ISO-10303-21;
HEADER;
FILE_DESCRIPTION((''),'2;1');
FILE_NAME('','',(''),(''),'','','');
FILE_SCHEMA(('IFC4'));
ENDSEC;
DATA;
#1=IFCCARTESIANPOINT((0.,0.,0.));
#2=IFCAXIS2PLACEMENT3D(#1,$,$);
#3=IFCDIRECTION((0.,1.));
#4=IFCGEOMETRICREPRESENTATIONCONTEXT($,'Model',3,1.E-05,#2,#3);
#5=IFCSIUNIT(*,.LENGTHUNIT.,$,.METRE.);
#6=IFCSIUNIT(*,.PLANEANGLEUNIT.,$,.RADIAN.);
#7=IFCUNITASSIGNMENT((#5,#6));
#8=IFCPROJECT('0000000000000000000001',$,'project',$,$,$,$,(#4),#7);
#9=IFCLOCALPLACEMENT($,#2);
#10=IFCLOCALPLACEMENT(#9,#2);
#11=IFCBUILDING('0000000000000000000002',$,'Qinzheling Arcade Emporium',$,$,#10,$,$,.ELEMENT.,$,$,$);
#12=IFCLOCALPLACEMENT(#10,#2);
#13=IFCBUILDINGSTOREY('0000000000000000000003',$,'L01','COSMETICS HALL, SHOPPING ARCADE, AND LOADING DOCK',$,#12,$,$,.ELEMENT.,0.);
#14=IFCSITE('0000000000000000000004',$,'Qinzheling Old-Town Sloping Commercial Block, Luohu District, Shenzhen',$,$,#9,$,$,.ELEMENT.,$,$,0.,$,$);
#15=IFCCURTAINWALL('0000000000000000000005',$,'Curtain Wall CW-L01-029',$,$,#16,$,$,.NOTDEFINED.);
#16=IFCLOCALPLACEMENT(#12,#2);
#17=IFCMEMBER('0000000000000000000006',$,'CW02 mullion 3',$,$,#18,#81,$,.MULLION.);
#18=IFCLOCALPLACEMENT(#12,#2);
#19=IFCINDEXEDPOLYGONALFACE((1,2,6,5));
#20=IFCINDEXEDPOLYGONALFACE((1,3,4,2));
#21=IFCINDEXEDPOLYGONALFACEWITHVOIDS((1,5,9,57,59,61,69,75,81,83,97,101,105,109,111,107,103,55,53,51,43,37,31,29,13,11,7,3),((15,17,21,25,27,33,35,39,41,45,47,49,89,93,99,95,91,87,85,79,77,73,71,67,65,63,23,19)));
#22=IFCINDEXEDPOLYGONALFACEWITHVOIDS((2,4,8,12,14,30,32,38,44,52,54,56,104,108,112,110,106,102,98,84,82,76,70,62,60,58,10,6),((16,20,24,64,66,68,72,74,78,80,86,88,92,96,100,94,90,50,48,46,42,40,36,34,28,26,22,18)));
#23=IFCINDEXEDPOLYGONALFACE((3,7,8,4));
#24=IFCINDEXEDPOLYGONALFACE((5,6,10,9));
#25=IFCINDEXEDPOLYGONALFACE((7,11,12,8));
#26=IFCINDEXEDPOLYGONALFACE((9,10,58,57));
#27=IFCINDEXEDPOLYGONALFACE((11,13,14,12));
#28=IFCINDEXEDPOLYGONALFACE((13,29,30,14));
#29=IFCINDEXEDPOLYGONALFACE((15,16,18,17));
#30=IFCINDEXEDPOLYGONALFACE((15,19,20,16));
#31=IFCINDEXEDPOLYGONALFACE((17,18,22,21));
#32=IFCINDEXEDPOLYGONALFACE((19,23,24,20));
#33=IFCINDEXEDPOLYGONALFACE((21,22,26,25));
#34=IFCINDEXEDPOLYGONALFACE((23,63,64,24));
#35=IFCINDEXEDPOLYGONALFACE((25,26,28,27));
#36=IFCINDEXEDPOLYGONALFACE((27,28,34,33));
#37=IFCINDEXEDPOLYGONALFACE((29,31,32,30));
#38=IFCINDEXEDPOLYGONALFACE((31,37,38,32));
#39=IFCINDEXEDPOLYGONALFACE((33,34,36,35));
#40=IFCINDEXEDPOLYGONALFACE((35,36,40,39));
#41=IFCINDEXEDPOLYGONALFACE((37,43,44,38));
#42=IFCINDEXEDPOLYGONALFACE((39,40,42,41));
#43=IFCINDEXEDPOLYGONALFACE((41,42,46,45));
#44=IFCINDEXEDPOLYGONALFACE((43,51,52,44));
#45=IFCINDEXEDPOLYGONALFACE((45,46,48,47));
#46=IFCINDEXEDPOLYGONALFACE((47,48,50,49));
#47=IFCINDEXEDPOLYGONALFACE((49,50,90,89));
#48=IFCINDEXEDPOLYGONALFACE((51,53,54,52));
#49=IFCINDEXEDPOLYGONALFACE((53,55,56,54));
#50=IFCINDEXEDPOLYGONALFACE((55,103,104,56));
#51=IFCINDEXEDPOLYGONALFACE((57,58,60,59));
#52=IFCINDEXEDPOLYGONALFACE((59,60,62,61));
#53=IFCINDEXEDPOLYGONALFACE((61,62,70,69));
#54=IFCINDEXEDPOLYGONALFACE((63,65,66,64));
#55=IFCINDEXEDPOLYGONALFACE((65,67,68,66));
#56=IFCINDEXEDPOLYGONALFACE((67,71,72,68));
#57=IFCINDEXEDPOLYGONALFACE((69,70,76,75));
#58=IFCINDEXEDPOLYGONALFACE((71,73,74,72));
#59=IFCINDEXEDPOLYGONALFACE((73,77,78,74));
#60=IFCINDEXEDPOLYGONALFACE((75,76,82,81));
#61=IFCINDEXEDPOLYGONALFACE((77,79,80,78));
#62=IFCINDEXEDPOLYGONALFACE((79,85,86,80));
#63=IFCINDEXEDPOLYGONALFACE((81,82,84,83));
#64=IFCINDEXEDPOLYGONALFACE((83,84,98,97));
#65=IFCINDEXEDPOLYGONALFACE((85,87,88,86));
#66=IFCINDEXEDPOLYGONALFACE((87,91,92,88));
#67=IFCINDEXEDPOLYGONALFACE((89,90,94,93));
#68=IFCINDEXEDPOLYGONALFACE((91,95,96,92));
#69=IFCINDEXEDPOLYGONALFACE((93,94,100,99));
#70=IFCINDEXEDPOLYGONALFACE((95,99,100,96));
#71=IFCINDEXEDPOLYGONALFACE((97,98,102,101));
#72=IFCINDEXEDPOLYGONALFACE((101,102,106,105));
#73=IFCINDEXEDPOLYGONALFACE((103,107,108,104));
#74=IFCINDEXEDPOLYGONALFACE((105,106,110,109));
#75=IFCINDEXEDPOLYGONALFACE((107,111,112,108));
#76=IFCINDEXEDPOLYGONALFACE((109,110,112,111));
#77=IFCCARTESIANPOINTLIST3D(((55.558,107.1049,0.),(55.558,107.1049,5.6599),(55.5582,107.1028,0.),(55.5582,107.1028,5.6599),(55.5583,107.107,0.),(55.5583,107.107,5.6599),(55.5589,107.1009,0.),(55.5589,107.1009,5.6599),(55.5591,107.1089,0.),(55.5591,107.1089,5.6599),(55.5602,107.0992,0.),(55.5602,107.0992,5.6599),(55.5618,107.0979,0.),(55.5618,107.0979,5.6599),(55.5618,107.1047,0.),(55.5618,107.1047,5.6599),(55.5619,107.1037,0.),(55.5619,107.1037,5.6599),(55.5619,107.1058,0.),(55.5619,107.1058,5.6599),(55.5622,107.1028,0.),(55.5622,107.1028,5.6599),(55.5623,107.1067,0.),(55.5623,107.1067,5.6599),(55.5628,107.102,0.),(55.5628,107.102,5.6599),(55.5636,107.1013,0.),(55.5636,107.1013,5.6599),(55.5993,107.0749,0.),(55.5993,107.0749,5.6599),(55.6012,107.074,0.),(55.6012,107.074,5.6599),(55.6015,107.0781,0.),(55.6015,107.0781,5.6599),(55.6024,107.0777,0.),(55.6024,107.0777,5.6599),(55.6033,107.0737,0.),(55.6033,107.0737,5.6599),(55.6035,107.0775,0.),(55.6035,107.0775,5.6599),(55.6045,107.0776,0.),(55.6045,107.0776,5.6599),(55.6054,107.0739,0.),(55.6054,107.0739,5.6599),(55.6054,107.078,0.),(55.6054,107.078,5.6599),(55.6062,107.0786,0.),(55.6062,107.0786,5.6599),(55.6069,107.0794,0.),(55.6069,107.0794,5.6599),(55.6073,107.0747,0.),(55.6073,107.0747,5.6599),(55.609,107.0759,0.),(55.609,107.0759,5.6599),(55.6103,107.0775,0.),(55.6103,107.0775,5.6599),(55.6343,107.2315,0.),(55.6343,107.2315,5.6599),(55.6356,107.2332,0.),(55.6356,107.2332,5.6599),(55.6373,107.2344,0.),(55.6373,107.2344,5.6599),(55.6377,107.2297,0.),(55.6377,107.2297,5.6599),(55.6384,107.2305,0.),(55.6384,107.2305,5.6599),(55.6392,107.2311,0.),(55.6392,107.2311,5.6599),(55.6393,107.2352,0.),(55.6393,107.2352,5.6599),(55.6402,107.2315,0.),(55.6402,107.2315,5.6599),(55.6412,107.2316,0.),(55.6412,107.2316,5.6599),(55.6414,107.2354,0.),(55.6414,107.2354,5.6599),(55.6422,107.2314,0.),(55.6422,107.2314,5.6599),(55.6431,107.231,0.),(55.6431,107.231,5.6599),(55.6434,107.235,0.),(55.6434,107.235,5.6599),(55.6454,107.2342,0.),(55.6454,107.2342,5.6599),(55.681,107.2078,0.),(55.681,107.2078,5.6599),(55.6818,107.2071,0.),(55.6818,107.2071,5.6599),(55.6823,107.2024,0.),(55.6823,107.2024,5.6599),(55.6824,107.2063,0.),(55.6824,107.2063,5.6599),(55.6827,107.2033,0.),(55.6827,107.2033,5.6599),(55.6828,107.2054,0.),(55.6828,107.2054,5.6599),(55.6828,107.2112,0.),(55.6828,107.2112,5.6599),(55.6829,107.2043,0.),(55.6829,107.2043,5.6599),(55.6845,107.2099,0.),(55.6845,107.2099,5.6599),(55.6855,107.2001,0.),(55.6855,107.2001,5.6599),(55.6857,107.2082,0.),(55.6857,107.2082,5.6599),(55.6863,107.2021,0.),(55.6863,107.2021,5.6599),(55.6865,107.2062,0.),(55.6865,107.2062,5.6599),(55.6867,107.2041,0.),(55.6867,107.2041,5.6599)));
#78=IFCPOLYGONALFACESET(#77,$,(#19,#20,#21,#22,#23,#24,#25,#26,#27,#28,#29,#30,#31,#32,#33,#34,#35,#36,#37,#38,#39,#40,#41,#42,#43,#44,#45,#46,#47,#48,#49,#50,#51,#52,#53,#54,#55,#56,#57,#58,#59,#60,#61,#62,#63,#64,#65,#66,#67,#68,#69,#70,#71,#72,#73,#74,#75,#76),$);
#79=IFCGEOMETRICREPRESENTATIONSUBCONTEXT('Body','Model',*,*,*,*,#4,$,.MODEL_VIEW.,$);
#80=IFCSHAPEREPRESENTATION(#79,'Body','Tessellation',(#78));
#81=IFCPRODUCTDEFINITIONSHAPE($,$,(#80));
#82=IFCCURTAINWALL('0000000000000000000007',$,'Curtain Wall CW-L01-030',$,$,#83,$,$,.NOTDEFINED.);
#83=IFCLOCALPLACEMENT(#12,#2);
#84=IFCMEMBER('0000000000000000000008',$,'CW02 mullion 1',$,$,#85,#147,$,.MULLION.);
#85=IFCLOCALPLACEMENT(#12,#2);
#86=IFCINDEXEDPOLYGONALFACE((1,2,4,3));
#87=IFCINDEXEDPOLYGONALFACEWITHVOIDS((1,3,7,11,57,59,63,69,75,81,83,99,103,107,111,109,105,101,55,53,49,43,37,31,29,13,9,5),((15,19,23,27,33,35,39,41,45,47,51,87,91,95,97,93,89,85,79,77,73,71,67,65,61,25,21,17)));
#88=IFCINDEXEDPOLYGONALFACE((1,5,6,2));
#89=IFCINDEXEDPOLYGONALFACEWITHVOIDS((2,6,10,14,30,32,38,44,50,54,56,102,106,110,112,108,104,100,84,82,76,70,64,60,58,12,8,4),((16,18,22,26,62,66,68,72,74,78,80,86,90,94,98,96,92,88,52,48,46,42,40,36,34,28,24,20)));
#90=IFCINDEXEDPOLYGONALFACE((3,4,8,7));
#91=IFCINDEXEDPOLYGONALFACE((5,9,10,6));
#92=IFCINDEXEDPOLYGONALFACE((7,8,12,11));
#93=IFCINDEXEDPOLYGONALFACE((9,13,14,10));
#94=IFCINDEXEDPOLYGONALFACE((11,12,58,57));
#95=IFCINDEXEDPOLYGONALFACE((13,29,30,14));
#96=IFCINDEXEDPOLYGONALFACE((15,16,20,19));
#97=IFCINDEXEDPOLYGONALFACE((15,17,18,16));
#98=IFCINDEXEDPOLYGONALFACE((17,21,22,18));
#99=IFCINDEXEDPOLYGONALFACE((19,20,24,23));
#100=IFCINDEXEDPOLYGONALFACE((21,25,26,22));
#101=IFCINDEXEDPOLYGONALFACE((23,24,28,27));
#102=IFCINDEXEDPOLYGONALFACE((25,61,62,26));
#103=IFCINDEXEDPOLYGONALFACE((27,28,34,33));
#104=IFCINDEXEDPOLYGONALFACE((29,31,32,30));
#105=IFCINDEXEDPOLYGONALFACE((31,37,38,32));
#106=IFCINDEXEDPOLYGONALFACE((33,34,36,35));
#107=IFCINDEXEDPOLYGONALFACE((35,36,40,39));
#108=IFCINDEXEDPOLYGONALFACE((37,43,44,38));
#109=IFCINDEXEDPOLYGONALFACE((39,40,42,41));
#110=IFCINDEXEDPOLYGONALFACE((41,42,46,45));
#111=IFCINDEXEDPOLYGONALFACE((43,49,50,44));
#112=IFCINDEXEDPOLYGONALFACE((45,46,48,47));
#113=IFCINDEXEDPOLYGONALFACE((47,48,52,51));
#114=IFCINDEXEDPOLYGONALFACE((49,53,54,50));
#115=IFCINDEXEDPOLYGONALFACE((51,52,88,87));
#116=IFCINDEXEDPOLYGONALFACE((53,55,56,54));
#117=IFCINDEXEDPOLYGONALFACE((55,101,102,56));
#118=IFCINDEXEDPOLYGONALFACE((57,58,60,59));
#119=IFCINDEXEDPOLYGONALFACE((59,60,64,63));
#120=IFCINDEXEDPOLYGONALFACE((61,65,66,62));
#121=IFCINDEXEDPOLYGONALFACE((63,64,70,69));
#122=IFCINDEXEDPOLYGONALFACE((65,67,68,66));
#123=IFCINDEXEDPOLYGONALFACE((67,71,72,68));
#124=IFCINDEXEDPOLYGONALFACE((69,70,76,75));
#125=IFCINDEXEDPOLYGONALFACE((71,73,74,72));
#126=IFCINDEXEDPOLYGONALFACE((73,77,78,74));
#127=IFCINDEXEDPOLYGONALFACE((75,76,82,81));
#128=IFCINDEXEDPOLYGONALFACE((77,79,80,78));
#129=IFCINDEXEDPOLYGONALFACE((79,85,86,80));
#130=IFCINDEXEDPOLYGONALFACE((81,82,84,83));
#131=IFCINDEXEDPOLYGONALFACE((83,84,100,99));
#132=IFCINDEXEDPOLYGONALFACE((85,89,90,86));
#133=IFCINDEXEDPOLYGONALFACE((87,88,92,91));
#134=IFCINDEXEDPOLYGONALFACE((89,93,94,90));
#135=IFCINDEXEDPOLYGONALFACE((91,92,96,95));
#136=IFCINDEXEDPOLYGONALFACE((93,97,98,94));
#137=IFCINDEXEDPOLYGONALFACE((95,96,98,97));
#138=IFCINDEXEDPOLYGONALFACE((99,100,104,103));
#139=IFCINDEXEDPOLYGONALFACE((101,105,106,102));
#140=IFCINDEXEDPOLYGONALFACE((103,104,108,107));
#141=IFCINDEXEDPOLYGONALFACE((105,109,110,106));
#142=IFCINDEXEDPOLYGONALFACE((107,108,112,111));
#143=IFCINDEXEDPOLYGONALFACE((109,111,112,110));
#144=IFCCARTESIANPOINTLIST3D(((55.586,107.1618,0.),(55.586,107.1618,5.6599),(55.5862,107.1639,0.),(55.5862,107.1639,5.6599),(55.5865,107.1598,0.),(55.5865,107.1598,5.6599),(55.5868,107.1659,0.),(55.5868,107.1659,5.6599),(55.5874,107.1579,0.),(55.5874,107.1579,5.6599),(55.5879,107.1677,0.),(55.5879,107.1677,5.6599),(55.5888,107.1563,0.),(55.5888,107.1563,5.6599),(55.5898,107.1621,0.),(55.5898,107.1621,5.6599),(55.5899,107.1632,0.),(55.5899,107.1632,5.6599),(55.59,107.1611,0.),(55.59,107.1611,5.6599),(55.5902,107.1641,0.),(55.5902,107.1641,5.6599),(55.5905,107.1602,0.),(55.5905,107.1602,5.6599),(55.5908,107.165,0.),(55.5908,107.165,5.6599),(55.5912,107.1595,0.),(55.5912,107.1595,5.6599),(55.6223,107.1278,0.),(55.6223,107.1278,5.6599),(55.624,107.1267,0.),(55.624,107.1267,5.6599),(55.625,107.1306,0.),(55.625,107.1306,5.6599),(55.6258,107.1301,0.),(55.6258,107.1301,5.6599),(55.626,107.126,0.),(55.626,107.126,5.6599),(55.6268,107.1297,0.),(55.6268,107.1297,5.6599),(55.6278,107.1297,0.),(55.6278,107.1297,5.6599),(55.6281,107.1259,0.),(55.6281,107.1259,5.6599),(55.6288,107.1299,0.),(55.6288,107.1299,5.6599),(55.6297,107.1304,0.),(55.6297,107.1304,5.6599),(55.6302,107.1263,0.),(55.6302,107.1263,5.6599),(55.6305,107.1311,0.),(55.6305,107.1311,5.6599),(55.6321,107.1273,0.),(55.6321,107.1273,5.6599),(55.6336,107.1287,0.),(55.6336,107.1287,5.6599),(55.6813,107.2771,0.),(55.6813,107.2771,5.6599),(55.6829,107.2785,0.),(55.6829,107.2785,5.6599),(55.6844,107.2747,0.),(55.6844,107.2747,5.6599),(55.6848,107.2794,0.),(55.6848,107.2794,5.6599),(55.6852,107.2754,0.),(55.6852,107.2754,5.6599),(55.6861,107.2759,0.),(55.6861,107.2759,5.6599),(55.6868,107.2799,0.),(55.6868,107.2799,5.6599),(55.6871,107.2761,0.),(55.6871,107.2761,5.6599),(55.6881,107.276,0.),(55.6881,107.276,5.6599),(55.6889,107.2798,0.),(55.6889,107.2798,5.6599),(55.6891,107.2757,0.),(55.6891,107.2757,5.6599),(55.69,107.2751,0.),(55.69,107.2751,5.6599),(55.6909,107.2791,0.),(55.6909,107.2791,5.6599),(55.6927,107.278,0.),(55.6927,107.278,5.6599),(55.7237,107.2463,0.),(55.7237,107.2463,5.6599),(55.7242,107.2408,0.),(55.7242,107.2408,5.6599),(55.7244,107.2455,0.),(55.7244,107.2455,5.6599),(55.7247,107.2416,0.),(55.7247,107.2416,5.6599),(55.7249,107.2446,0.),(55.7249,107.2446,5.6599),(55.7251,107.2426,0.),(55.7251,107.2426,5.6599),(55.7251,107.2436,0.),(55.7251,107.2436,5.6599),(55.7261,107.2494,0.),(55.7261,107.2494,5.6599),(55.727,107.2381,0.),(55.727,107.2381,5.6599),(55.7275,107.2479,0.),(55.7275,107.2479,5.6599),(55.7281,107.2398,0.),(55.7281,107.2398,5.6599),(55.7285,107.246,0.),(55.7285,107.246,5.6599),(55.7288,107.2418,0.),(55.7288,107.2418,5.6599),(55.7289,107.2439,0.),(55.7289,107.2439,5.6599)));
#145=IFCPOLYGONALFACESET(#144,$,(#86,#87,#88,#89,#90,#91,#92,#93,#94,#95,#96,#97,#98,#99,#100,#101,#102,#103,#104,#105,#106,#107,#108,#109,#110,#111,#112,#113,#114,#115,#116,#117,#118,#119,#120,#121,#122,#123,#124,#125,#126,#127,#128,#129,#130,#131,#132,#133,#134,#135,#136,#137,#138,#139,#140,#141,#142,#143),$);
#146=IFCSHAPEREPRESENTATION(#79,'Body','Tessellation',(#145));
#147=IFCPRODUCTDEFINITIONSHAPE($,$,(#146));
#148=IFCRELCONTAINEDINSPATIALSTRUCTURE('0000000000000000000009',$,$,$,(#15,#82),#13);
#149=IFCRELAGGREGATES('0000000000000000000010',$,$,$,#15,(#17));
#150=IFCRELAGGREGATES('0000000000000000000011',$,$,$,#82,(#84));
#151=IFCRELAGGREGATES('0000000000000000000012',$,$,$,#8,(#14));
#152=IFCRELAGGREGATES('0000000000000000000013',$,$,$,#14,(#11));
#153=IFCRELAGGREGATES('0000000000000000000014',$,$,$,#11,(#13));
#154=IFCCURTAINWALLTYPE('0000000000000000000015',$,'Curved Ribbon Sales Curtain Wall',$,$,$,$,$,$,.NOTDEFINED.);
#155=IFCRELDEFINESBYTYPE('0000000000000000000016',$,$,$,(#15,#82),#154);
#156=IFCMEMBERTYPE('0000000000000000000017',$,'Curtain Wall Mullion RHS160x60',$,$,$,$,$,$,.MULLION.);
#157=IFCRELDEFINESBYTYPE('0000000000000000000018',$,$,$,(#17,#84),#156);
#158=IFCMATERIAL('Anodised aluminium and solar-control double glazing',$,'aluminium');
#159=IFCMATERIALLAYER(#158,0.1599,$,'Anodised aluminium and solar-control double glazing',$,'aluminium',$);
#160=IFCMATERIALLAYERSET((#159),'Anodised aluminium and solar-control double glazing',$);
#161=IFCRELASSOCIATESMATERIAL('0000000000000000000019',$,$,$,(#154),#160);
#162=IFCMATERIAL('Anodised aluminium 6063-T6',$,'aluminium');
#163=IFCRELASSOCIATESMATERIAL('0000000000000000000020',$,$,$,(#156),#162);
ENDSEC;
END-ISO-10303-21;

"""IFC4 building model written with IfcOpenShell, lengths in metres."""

from ifc_helpers import new_model, si_unit, direction, frame, origin, origin_2d, place, context, subcontext, project, spatial, hollow_rectangle, extrude, material, layer, layer_set, material_profile, profile_set, type_object, element, aggregate, save


model = new_model("IFC4")

# Units and contexts
model_context = context("Model", 3, precision=1e-05, world=origin(), true_north=direction((0.0, 1.0)))
body_context = subcontext(model_context, "Body", "Model", "MODEL_VIEW")
ifc_project = project(units=[si_unit("LENGTHUNIT", "METRE"), si_unit("PLANEANGLEUNIT", "RADIAN")], contexts=[model_context])

# Site, building, storey
site_placement = place(None, origin())
site = spatial("IfcSite", under=ifc_project, at=site_placement, Name="Qinzheling Old-Town Sloping Commercial Block, Luohu District, Shenzhen", CompositionType="ELEMENT", RefElevation=0.0)
building_placement = place(site_placement, origin())
building = spatial("IfcBuilding", under=site, at=building_placement, Name="Qinzheling Arcade Emporium", CompositionType="ELEMENT")
storey_placement = place(building_placement, origin())
storey = spatial("IfcBuildingStorey", under=building, at=storey_placement, Name="L01", Description="COSMETICS HALL, SHOPPING ARCADE, AND LOADING DOCK", CompositionType="ELEMENT", Elevation=0.0)

# Curtain wall, member
ifc_material_1 = material(Name="Anodised aluminium and solar-control double glazing", Category="aluminium")
ifc_layer_1 = layer(ifc_material_1, 0.1599, Name="Anodised aluminium and solar-control double glazing", Category="aluminium")
ifc_layer_set_1 = layer_set([ifc_layer_1], Name="Anodised aluminium and solar-control double glazing")
curtain_wall_type = type_object("IfcCurtainWallType", Name="Curved Ribbon Sales Curtain Wall", PredefinedType="NOTDEFINED", material=ifc_layer_set_1)
curtain_wall_1_placement = place(storey_placement, origin())
curtain_wall_1 = element("IfcCurtainWall", 1, at=curtain_wall_1_placement, inside=storey, type_object=curtain_wall_type, Name="Curtain Wall CW-L01-029", PredefinedType="NOTDEFINED")
ifc_material_2 = material(Name="Anodised aluminium 6063-T6", Category="aluminium")
ifc_material_profile_1 = material_profile(ifc_material_2, hollow_rectangle(XDim=0.0601, YDim=0.1599, WallThickness=0.0039, InnerFilletRadius=0.0039, OuterFilletRadius=0.0081, at=origin_2d()), Name="RHS 160x60x4", Category="aluminium")
ifc_profile_set_1 = profile_set([ifc_material_profile_1], Name="Anodised aluminium 6063-T6")
member_type_1 = type_object("IfcMemberType", Name="Curtain Wall Mullion RHS160x60", PredefinedType="MULLION", material=ifc_profile_set_1)
member_1_placement = place(storey_placement, frame((55.6223, 107.1545, 0.0), z_axis=(0.0, 0.0, 1.0), x_axis=(-0.852581, 0.522595, 0.0)))
member_1 = element("IfcMember", 2, at=member_1_placement, type_object=member_type_1, Name="CW02 mullion 3", PredefinedType="MULLION", context=body_context, shape_type="SweptSolid", body=[
    extrude(hollow_rectangle(XDim=0.0601, YDim=0.1599, WallThickness=0.0039, InnerFilletRadius=0.0039, OuterFilletRadius=0.0081, at=origin_2d()), origin(), (0.0, 0.0, 1.0), 5.6599),
])

# Curtain wall, member
curtain_wall_2_placement = place(storey_placement, origin())
curtain_wall_2 = element("IfcCurtainWall", 3, at=curtain_wall_2_placement, inside=storey, type_object=curtain_wall_type, Name="Curtain Wall CW-L01-030", PredefinedType="NOTDEFINED")
member_2_placement = place(storey_placement, frame((55.6575, 107.2029, 0.0), z_axis=(0.0, 0.0, 1.0), x_axis=(-0.760505, 0.649332, 0.0)))
member_2 = element("IfcMember", 4, at=member_2_placement, type_object=member_type_1, Name="CW02 mullion 1", PredefinedType="MULLION", context=body_context, shape_type="SweptSolid", body=[
    extrude(hollow_rectangle(XDim=0.0601, YDim=0.1599, WallThickness=0.0039, InnerFilletRadius=0.0039, OuterFilletRadius=0.0081, at=origin_2d()), origin(), (0.0, 0.0, 1.0), 5.6599),
])

aggregate(curtain_wall_1, [member_1])
aggregate(curtain_wall_2, [member_2])

save(model, "model.ifc")
